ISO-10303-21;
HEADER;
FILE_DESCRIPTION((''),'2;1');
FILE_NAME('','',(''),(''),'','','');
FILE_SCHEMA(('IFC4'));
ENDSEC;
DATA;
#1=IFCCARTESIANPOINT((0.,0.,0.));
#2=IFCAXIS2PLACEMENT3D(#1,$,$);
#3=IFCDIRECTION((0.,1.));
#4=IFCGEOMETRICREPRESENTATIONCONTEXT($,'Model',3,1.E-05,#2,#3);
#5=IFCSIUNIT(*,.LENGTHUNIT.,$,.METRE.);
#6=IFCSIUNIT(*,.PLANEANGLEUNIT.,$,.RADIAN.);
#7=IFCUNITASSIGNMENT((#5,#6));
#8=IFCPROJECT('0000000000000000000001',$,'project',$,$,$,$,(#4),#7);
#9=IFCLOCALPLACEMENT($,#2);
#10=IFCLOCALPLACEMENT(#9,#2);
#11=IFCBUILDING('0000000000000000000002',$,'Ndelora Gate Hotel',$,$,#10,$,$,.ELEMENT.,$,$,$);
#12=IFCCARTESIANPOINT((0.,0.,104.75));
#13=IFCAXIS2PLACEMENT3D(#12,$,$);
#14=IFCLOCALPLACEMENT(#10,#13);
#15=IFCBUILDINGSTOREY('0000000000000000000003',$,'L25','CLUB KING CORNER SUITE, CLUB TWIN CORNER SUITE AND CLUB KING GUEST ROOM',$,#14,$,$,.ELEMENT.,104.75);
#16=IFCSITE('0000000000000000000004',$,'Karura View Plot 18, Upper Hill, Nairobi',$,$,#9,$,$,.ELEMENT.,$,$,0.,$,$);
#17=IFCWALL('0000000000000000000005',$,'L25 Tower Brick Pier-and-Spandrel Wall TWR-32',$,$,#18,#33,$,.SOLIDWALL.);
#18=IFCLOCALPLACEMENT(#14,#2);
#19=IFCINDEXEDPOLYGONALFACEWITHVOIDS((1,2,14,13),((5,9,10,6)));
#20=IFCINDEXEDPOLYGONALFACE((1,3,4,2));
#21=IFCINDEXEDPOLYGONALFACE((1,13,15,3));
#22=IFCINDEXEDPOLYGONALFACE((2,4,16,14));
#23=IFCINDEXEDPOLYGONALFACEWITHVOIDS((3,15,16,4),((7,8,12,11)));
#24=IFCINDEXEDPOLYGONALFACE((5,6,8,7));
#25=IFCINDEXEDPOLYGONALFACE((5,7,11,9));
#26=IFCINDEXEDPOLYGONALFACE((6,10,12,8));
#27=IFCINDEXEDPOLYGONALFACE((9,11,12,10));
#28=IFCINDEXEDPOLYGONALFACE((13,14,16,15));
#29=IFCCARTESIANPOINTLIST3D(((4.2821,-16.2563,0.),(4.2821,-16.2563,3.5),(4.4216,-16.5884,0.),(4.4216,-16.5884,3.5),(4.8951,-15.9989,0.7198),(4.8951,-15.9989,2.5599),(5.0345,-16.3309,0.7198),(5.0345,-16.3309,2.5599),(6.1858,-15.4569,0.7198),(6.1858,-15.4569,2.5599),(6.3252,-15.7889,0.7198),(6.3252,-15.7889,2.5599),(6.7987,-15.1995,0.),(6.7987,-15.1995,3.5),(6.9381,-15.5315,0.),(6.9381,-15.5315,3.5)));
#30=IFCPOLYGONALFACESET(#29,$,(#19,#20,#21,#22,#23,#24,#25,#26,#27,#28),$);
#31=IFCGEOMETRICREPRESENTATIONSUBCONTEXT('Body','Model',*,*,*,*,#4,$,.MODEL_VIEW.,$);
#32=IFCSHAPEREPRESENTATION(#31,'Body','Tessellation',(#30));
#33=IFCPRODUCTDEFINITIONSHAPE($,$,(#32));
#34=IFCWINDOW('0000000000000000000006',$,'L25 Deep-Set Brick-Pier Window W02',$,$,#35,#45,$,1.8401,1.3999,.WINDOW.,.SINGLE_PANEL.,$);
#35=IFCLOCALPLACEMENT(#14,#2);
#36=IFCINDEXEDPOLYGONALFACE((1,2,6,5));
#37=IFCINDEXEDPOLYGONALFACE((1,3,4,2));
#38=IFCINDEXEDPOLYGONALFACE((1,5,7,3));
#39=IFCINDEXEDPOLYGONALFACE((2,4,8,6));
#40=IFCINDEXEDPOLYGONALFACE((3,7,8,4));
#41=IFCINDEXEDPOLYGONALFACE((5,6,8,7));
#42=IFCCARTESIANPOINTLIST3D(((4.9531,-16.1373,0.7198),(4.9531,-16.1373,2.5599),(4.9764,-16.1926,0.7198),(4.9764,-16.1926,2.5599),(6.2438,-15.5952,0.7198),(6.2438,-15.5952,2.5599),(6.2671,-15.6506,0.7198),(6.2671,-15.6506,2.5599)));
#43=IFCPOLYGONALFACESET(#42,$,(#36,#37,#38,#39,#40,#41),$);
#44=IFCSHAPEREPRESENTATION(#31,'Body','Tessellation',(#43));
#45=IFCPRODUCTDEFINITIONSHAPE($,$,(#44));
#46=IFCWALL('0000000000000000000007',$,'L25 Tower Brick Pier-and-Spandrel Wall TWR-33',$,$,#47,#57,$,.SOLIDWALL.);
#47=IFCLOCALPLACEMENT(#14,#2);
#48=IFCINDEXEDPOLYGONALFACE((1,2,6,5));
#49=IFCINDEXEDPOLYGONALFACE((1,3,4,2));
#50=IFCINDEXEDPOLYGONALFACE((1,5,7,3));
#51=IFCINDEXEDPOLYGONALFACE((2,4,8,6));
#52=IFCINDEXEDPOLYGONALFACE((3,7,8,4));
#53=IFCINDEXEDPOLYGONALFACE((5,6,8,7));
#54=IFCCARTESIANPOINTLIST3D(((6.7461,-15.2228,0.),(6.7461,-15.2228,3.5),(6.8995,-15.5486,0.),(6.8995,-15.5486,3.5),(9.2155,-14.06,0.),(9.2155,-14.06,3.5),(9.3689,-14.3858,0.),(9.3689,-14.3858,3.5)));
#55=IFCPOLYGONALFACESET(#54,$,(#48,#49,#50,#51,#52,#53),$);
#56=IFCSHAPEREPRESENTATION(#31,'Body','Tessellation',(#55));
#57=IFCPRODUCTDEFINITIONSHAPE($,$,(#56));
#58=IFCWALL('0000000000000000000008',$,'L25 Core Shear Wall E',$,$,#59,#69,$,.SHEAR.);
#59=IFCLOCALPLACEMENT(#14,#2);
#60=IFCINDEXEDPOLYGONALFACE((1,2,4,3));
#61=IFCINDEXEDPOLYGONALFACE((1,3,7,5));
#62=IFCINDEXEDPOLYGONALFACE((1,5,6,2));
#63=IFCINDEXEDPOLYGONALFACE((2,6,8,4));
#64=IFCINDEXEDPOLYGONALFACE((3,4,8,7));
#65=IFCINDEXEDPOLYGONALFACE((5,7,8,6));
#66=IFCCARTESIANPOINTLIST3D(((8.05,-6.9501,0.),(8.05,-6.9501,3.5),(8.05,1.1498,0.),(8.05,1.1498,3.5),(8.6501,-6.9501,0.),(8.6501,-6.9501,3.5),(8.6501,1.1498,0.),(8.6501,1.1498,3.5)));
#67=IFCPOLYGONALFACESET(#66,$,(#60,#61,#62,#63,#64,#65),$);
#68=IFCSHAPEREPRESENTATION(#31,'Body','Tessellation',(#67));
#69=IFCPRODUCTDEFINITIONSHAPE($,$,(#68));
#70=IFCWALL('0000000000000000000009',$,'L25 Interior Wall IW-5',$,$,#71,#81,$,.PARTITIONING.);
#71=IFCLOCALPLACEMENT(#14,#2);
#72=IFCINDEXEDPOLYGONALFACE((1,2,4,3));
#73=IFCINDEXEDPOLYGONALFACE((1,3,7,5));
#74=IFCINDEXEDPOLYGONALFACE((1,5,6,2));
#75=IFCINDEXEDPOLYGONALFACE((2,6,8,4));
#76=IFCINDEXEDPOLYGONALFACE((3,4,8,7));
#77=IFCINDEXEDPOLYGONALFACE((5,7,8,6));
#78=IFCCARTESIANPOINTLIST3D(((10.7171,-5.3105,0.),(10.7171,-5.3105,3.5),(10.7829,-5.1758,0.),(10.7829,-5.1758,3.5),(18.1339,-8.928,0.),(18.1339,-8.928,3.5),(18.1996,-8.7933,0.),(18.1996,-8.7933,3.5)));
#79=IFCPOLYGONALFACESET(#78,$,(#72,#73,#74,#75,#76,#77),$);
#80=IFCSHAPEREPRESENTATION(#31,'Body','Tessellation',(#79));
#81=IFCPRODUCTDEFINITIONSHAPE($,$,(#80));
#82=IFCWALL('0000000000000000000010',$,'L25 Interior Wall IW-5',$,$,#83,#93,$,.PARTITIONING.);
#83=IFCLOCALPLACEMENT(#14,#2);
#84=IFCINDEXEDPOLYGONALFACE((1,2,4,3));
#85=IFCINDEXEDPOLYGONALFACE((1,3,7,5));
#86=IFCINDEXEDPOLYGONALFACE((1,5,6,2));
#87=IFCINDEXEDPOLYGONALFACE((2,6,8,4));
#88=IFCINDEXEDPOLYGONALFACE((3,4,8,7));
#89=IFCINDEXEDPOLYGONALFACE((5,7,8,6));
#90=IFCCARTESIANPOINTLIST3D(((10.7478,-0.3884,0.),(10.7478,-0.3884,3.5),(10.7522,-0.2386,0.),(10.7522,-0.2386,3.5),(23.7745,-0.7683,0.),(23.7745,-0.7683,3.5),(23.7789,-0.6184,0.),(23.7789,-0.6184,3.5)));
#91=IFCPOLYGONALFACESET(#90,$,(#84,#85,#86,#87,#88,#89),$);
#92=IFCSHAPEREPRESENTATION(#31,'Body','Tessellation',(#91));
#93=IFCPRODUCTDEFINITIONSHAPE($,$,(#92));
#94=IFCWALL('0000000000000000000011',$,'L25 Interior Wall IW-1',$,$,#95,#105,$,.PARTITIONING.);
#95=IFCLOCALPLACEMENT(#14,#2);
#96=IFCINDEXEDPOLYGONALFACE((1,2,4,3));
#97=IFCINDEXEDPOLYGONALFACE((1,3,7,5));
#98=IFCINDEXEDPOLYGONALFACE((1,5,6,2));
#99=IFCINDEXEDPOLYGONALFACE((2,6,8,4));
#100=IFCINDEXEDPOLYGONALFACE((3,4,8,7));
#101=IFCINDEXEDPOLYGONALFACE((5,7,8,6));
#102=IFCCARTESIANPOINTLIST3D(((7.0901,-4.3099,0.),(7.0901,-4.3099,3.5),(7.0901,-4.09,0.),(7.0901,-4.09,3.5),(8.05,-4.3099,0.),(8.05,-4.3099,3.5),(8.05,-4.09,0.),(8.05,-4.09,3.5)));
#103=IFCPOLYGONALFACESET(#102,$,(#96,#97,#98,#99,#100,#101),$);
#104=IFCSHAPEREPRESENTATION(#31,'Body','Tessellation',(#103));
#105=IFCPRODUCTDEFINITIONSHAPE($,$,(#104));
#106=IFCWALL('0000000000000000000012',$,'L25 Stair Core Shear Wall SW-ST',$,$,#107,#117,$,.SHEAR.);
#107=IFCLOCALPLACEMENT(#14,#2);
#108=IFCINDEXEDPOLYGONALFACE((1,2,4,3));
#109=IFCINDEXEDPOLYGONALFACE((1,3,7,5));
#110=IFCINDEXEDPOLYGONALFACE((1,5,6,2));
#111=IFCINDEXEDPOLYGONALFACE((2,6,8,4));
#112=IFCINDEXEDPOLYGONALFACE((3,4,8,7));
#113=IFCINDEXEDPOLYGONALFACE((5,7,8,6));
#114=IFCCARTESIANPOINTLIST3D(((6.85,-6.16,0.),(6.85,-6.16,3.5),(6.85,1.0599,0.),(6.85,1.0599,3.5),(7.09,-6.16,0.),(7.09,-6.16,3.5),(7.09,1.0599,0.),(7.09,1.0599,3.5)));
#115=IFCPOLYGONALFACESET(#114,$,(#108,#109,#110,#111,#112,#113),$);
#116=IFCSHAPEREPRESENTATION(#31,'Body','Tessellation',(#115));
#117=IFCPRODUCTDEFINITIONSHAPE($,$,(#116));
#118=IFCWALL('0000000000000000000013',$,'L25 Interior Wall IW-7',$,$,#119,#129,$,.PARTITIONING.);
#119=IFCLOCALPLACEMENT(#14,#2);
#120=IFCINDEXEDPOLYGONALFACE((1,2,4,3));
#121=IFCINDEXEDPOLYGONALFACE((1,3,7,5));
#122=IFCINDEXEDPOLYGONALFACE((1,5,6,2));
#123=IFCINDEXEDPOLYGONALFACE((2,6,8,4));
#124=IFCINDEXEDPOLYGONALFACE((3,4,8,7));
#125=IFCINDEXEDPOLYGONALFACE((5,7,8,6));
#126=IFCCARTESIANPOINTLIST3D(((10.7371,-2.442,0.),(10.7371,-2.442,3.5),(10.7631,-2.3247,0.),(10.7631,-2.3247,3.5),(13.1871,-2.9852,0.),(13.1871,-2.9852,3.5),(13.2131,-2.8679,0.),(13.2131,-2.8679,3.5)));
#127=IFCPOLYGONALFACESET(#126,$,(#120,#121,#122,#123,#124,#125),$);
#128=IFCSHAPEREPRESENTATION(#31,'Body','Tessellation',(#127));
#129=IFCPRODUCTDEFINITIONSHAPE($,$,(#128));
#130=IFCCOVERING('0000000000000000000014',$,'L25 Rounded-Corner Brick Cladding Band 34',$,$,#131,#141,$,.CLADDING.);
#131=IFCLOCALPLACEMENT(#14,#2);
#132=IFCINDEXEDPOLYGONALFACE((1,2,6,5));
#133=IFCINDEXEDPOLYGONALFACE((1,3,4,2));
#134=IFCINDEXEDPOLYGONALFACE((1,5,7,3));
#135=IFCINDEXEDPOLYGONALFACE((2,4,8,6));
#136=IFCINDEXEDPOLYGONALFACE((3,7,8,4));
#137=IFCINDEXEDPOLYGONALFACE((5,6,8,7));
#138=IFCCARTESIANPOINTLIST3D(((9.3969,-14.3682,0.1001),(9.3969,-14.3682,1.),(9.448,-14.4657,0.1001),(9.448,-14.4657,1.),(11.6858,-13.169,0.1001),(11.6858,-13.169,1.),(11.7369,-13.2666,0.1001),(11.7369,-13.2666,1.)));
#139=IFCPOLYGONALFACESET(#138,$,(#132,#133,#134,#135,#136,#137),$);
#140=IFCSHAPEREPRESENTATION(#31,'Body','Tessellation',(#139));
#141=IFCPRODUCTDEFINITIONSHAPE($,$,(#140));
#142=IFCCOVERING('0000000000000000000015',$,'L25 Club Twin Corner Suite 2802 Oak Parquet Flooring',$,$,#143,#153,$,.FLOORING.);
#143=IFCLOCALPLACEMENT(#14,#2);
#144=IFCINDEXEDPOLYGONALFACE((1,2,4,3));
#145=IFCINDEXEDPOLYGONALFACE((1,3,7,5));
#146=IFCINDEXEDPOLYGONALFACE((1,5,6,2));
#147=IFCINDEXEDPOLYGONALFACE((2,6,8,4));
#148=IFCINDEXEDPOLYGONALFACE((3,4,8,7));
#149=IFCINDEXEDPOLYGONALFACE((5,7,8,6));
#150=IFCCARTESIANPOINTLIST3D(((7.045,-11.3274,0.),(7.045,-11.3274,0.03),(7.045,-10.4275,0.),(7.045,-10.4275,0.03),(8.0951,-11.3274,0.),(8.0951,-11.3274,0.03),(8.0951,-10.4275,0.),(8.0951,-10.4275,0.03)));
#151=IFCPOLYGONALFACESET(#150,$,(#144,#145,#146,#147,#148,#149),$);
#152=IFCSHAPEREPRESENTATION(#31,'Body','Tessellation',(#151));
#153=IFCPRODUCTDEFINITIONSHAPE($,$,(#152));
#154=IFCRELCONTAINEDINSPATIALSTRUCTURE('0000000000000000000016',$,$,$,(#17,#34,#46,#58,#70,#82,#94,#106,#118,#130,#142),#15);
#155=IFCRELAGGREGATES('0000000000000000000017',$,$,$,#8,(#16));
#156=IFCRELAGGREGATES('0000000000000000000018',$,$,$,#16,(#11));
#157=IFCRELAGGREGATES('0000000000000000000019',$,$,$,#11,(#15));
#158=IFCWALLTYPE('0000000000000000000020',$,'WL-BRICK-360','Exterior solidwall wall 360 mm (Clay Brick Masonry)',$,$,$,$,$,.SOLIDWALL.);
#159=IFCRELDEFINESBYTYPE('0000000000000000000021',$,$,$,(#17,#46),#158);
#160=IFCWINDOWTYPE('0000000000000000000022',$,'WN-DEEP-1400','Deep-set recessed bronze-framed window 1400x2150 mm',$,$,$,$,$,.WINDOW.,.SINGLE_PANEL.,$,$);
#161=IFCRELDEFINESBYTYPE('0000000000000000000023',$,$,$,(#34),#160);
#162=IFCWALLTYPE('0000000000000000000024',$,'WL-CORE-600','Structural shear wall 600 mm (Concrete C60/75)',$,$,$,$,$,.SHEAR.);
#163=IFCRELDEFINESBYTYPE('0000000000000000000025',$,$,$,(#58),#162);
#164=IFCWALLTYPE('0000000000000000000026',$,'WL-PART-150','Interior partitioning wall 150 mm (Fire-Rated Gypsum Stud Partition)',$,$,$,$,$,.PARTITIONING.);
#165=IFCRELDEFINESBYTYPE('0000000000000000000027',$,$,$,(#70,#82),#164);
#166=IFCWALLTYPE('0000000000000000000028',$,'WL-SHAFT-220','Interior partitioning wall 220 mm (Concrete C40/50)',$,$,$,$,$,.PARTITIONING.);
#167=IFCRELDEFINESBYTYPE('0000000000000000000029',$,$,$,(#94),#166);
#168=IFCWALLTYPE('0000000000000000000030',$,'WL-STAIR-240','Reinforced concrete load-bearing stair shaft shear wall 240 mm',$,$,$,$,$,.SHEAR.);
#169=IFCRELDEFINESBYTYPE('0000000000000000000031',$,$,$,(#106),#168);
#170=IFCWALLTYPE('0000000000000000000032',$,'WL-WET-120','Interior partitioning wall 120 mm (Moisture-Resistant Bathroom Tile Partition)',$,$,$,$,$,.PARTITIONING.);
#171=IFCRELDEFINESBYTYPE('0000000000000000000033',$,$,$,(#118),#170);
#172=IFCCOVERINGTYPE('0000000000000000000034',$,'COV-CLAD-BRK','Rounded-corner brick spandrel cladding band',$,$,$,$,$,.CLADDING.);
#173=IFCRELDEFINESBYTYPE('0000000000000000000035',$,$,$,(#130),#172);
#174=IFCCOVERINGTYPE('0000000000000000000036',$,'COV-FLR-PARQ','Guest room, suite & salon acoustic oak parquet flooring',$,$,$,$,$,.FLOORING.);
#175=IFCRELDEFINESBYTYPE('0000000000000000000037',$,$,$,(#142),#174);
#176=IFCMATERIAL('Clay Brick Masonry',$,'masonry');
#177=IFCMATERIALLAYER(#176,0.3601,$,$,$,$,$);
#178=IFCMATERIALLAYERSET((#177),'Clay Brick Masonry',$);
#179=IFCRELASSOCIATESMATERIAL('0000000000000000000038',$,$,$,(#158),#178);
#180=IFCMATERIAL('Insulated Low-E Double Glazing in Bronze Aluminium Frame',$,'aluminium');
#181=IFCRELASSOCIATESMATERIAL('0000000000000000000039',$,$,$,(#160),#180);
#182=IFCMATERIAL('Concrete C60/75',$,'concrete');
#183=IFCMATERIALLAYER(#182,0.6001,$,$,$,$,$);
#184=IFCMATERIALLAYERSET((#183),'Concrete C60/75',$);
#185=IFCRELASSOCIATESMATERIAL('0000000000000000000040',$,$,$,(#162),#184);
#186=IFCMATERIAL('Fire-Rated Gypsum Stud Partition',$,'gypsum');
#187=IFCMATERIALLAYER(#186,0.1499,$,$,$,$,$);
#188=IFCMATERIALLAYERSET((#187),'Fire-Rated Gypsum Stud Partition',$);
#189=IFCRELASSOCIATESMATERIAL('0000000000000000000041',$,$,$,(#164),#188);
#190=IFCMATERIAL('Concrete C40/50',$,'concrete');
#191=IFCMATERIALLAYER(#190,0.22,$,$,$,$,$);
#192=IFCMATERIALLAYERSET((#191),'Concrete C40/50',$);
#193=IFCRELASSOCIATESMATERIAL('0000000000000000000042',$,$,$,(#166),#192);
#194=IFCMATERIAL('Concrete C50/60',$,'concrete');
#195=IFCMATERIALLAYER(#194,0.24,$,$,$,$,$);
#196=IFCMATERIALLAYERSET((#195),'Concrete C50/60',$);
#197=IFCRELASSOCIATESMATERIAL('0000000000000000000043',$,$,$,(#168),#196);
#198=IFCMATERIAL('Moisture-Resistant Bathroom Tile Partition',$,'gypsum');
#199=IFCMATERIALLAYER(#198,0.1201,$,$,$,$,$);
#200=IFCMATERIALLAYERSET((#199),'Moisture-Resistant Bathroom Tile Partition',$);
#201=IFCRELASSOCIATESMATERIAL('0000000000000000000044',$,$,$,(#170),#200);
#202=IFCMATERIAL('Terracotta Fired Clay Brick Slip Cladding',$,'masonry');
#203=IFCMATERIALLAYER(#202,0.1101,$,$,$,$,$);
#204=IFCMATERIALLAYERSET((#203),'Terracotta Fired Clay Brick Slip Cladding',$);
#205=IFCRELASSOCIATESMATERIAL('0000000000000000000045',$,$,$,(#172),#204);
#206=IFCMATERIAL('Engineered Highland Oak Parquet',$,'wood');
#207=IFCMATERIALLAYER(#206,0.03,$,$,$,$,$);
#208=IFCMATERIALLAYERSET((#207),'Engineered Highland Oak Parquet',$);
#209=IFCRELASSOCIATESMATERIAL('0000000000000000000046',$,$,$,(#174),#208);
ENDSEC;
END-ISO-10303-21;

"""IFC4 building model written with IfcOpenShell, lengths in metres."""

from ifc_helpers import new_model, si_unit, direction, frame, frame_2d, origin, origin_2d, place, context, subcontext, project, spatial, rectangle, extrude, material, layer, layer_set, type_object, element, fill, save


model = new_model("IFC4")

# Units and contexts
model_context = context("Model", 3, precision=1e-05, world=origin(), true_north=direction((0.0, 1.0)))
body_context = subcontext(model_context, "Body", "Model", "MODEL_VIEW")
ifc_project = project(units=[si_unit("LENGTHUNIT", "METRE"), si_unit("PLANEANGLEUNIT", "RADIAN")], contexts=[model_context])

# Site, building, storey
site_placement = place(None, origin())
site = spatial("IfcSite", under=ifc_project, at=site_placement, Name="Karura View Plot 18, Upper Hill, Nairobi", CompositionType="ELEMENT", RefElevation=0.0)
building_placement = place(site_placement, origin())
building = spatial("IfcBuilding", under=site, at=building_placement, Name="Ndelora Gate Hotel", CompositionType="ELEMENT")
storey_placement = place(building_placement, frame((0.0, 0.0, 104.75)))
storey = spatial("IfcBuildingStorey", under=building, at=storey_placement, Name="L25", Description="CLUB KING CORNER SUITE, CLUB TWIN CORNER SUITE AND CLUB KING GUEST ROOM", CompositionType="ELEMENT", Elevation=104.75)

# Shared definitions
ifc_material_1 = material(Name="Concrete C60/75", Category="concrete")

# Wall, opening, window
ifc_material_2 = material(Name="Clay Brick Masonry", Category="masonry")
ifc_layer_1 = layer(ifc_material_2, 0.3601)
ifc_layer_set_1 = layer_set([ifc_layer_1], Name="Clay Brick Masonry")
wall_type_1 = type_object("IfcWallType", Name="WL-BRICK-360", Description="Exterior solidwall wall 360 mm (Clay Brick Masonry)", PredefinedType="SOLIDWALL", material=ifc_layer_set_1)
wall_1_placement = place(storey_placement, frame((6.8684, -15.3655, 0.0), z_axis=(0.0, 0.0, 1.0), x_axis=(-0.921994, -0.387205, 0.0)))
wall_1 = element("IfcWall", 1, at=wall_1_placement, inside=storey, type_object=wall_type_1, Name="L25 Tower Brick Pier-and-Spandrel Wall TWR-32", PredefinedType="SOLIDWALL", context=body_context, shape_type="SweptSolid", body=[
    extrude(rectangle(XDim=2.7295, YDim=0.3601, at=frame_2d((1.3647, 0.0))), origin(), (0.0, 0.0, 1.0), 3.5),
])
opening_1_placement = place(wall_1_placement, frame((0.6648, 0.0, 0.72)))
opening_1 = element("IfcOpeningElement", 2, at=opening_1_placement, cuts=wall_1, PredefinedType="OPENING", context=body_context, shape_type="SweptSolid", body=[
    extrude(rectangle(XDim=1.3999, YDim=1.8401, at=frame_2d((0.7, 0.9199))), frame((0.0, 0.1899, 0.0), z_axis=(0.0, -1.0, 0.0), x_axis=(1.0, 0.0, 0.0)), (0.0, 0.0, 1.0), 0.3801),
])
ifc_material_3 = material(Name="Insulated Low-E Double Glazing in Bronze Aluminium Frame", Category="aluminium")
window_type = type_object("IfcWindowType", Name="WN-DEEP-1400", Description="Deep-set recessed bronze-framed window 1400x2150 mm", PartitioningType="SINGLE_PANEL", PredefinedType="WINDOW", material=ifc_material_3)
window_placement = place(opening_1_placement, origin())
window = element("IfcWindow", 3, at=window_placement, inside=storey, type_object=window_type, Name="L25 Deep-Set Brick-Pier Window W02", OverallHeight=1.8401, OverallWidth=1.3999, PartitioningType="SINGLE_PANEL", PredefinedType="WINDOW", context=body_context, shape_type="SweptSolid", body=[
    extrude(rectangle(XDim=1.3999, YDim=1.8401, at=frame_2d((0.7, 0.9199))), frame((0.0, 0.03, 0.0), z_axis=(0.0, -1.0, 0.0), x_axis=(1.0, 0.0, 0.0)), (0.0, 0.0, 1.0), 0.0601),
])
fill(opening_1, window)

# Walls
wall_2_placement = place(storey_placement, frame((9.2922, -14.2229, 0.0), z_axis=(0.0, 0.0, 1.0), x_axis=(-0.904715, -0.426017, 0.0)))
element("IfcWall", 4, at=wall_2_placement, inside=storey, type_object=wall_type_1, Name="L25 Tower Brick Pier-and-Spandrel Wall TWR-33", PredefinedType="SOLIDWALL", context=body_context, shape_type="SweptSolid", body=[
    extrude(rectangle(XDim=2.7295, YDim=0.3601, at=frame_2d((1.3647, 0.0))), origin(), (0.0, 0.0, 1.0), 3.5),
])
ifc_layer_2 = layer(ifc_material_1, 0.6001)
ifc_layer_set_2 = layer_set([ifc_layer_2], Name="Concrete C60/75")
wall_type_2 = type_object("IfcWallType", Name="WL-CORE-600", Description="Structural shear wall 600 mm (Concrete C60/75)", PredefinedType="SHEAR", material=ifc_layer_set_2)
wall_3_placement = place(storey_placement, frame((8.3501, -6.95, 0.0), z_axis=(0.0, 0.0, 1.0), x_axis=(0.0, 1.0, 0.0)))
element("IfcWall", 5, at=wall_3_placement, inside=storey, type_object=wall_type_2, Name="L25 Core Shear Wall E", PredefinedType="SHEAR", context=body_context, shape_type="SweptSolid", body=[
    extrude(rectangle(XDim=8.0999, YDim=0.6001, at=frame_2d((4.0498, 0.0))), origin(), (0.0, 0.0, 1.0), 3.5),
])

# Shared definitions
ifc_material_4 = material(Name="Fire-Rated Gypsum Stud Partition", Category="gypsum")
ifc_layer_3 = layer(ifc_material_4, 0.1499)
ifc_layer_set_3 = layer_set([ifc_layer_3], Name="Fire-Rated Gypsum Stud Partition")
wall_type_3 = type_object("IfcWallType", Name="WL-PART-150", Description="Interior partitioning wall 150 mm (Fire-Rated Gypsum Stud Partition)", PredefinedType="PARTITIONING", material=ifc_layer_set_3)

# Walls
wall_4_placement = place(storey_placement, frame((10.75, -5.2432, 0.0), z_axis=(0.0, 0.0, 1.0), x_axis=(0.898792, -0.438375, 0.0)))
element("IfcWall", 6, at=wall_4_placement, inside=storey, type_object=wall_type_3, Name="L25 Interior Wall IW-5", PredefinedType="PARTITIONING", context=body_context, shape_type="SweptSolid", body=[
    extrude(rectangle(XDim=8.252, YDim=0.1499, at=frame_2d((4.126, 0.0))), origin(), (0.0, 0.0, 1.0), 3.5),
])
wall_5_placement = place(storey_placement, frame((10.75, -0.3135, 0.0), z_axis=(0.0, 0.0, 1.0), x_axis=(0.999575, -0.02915, 0.0)))
element("IfcWall", 7, at=wall_5_placement, inside=storey, type_object=wall_type_3, Name="L25 Interior Wall IW-5", PredefinedType="PARTITIONING", context=body_context, shape_type="SweptSolid", body=[
    extrude(rectangle(XDim=13.0322, YDim=0.1499, at=frame_2d((6.5161, 0.0))), origin(), (0.0, 0.0, 1.0), 3.5),
])
ifc_material_5 = material(Name="Concrete C40/50", Category="concrete")
ifc_layer_4 = layer(ifc_material_5, 0.22)
ifc_layer_set_4 = layer_set([ifc_layer_4], Name="Concrete C40/50")
wall_type_4 = type_object("IfcWallType", Name="WL-SHAFT-220", Description="Interior partitioning wall 220 mm (Concrete C40/50)", PredefinedType="PARTITIONING", material=ifc_layer_set_4)
wall_6_placement = place(storey_placement, frame((7.0901, -4.2, 0.0), z_axis=(0.0, 0.0, 1.0), x_axis=(1.0, 0.0, 0.0)))
element("IfcWall", 8, at=wall_6_placement, inside=storey, type_object=wall_type_4, Name="L25 Interior Wall IW-1", PredefinedType="PARTITIONING", context=body_context, shape_type="SweptSolid", body=[
    extrude(rectangle(XDim=0.96, YDim=0.22, at=frame_2d((0.48, 0.0))), origin(), (0.0, 0.0, 1.0), 3.5),
])
ifc_material_6 = material(Name="Concrete C50/60", Category="concrete")
ifc_layer_5 = layer(ifc_material_6, 0.24)
ifc_layer_set_5 = layer_set([ifc_layer_5], Name="Concrete C50/60")
wall_type_5 = type_object("IfcWallType", Name="WL-STAIR-240", Description="Reinforced concrete load-bearing stair shaft shear wall 240 mm", PredefinedType="SHEAR", material=ifc_layer_set_5)
wall_7_placement = place(storey_placement, frame((6.97, -6.1599, 0.0), z_axis=(0.0, 0.0, 1.0), x_axis=(0.0, 1.0, 0.0)))
element("IfcWall", 9, at=wall_7_placement, inside=storey, type_object=wall_type_5, Name="L25 Stair Core Shear Wall SW-ST", PredefinedType="SHEAR", context=body_context, shape_type="SweptSolid", body=[
    extrude(rectangle(XDim=7.22, YDim=0.24, at=frame_2d((3.6099, 0.0))), origin(), (0.0, 0.0, 1.0), 3.5),
])
ifc_material_7 = material(Name="Moisture-Resistant Bathroom Tile Partition", Category="gypsum")
ifc_layer_6 = layer(ifc_material_7, 0.1201)
ifc_layer_set_6 = layer_set([ifc_layer_6], Name="Moisture-Resistant Bathroom Tile Partition")
wall_type_6 = type_object("IfcWallType", Name="WL-WET-120", Description="Interior partitioning wall 120 mm (Moisture-Resistant Bathroom Tile Partition)", PredefinedType="PARTITIONING", material=ifc_layer_set_6)
wall_8_placement = place(storey_placement, frame((10.75, -2.3833, 0.0), z_axis=(0.0, 0.0, 1.0), x_axis=(0.97629, -0.216467, 0.0)))
element("IfcWall", 10, at=wall_8_placement, inside=storey, type_object=wall_type_6, Name="L25 Interior Wall IW-7", PredefinedType="PARTITIONING", context=body_context, shape_type="SweptSolid", body=[
    extrude(rectangle(XDim=2.5095, YDim=0.1201, at=frame_2d((1.2549, 0.0))), origin(), (0.0, 0.0, 1.0), 3.5),
])

# Coverings
ifc_material_8 = material(Name="Terracotta Fired Clay Brick Slip Cladding", Category="masonry")
ifc_layer_7 = layer(ifc_material_8, 0.1101)
ifc_layer_set_7 = layer_set([ifc_layer_7], Name="Terracotta Fired Clay Brick Slip Cladding")
covering_type_1 = type_object("IfcCoveringType", Name="COV-CLAD-BRK", Description="Rounded-corner brick spandrel cladding band", PredefinedType="CLADDING", material=ifc_layer_set_7)
covering_1_placement = place(storey_placement, frame((10.5669, -13.8174, 0.1001), z_axis=(0.0, 0.0, 1.0), x_axis=(0.885799, 0.464069, 0.0)))
element("IfcCovering", 11, at=covering_1_placement, inside=storey, type_object=covering_type_1, Name="L25 Rounded-Corner Brick Cladding Band 34", PredefinedType="CLADDING", context=body_context, shape_type="SweptSolid", body=[
    extrude(rectangle(XDim=2.584, YDim=0.1101, at=origin_2d()), origin(), (0.0, 0.0, 1.0), 0.8999),
])
ifc_material_9 = material(Name="Engineered Highland Oak Parquet", Category="wood")
ifc_layer_8 = layer(ifc_material_9, 0.03)
ifc_layer_set_8 = layer_set([ifc_layer_8], Name="Engineered Highland Oak Parquet")
covering_type_2 = type_object("IfcCoveringType", Name="COV-FLR-PARQ", Description="Guest room, suite & salon acoustic oak parquet flooring", PredefinedType="FLOORING", material=ifc_layer_set_8)
covering_2_placement = place(storey_placement, frame((7.5701, -10.8774, 0.0), z_axis=(0.0, 0.0, 1.0), x_axis=(1.0, 0.0, 0.0)))
element("IfcCovering", 12, at=covering_2_placement, inside=storey, type_object=covering_type_2, Name="L25 Club Twin Corner Suite 2802 Oak Parquet Flooring", PredefinedType="FLOORING", context=body_context, shape_type="SweptSolid", body=[
    extrude(rectangle(XDim=1.05, YDim=0.8999, at=origin_2d()), origin(), (0.0, 0.0, 1.0), 0.03),
])

save(model, "model.ifc")
